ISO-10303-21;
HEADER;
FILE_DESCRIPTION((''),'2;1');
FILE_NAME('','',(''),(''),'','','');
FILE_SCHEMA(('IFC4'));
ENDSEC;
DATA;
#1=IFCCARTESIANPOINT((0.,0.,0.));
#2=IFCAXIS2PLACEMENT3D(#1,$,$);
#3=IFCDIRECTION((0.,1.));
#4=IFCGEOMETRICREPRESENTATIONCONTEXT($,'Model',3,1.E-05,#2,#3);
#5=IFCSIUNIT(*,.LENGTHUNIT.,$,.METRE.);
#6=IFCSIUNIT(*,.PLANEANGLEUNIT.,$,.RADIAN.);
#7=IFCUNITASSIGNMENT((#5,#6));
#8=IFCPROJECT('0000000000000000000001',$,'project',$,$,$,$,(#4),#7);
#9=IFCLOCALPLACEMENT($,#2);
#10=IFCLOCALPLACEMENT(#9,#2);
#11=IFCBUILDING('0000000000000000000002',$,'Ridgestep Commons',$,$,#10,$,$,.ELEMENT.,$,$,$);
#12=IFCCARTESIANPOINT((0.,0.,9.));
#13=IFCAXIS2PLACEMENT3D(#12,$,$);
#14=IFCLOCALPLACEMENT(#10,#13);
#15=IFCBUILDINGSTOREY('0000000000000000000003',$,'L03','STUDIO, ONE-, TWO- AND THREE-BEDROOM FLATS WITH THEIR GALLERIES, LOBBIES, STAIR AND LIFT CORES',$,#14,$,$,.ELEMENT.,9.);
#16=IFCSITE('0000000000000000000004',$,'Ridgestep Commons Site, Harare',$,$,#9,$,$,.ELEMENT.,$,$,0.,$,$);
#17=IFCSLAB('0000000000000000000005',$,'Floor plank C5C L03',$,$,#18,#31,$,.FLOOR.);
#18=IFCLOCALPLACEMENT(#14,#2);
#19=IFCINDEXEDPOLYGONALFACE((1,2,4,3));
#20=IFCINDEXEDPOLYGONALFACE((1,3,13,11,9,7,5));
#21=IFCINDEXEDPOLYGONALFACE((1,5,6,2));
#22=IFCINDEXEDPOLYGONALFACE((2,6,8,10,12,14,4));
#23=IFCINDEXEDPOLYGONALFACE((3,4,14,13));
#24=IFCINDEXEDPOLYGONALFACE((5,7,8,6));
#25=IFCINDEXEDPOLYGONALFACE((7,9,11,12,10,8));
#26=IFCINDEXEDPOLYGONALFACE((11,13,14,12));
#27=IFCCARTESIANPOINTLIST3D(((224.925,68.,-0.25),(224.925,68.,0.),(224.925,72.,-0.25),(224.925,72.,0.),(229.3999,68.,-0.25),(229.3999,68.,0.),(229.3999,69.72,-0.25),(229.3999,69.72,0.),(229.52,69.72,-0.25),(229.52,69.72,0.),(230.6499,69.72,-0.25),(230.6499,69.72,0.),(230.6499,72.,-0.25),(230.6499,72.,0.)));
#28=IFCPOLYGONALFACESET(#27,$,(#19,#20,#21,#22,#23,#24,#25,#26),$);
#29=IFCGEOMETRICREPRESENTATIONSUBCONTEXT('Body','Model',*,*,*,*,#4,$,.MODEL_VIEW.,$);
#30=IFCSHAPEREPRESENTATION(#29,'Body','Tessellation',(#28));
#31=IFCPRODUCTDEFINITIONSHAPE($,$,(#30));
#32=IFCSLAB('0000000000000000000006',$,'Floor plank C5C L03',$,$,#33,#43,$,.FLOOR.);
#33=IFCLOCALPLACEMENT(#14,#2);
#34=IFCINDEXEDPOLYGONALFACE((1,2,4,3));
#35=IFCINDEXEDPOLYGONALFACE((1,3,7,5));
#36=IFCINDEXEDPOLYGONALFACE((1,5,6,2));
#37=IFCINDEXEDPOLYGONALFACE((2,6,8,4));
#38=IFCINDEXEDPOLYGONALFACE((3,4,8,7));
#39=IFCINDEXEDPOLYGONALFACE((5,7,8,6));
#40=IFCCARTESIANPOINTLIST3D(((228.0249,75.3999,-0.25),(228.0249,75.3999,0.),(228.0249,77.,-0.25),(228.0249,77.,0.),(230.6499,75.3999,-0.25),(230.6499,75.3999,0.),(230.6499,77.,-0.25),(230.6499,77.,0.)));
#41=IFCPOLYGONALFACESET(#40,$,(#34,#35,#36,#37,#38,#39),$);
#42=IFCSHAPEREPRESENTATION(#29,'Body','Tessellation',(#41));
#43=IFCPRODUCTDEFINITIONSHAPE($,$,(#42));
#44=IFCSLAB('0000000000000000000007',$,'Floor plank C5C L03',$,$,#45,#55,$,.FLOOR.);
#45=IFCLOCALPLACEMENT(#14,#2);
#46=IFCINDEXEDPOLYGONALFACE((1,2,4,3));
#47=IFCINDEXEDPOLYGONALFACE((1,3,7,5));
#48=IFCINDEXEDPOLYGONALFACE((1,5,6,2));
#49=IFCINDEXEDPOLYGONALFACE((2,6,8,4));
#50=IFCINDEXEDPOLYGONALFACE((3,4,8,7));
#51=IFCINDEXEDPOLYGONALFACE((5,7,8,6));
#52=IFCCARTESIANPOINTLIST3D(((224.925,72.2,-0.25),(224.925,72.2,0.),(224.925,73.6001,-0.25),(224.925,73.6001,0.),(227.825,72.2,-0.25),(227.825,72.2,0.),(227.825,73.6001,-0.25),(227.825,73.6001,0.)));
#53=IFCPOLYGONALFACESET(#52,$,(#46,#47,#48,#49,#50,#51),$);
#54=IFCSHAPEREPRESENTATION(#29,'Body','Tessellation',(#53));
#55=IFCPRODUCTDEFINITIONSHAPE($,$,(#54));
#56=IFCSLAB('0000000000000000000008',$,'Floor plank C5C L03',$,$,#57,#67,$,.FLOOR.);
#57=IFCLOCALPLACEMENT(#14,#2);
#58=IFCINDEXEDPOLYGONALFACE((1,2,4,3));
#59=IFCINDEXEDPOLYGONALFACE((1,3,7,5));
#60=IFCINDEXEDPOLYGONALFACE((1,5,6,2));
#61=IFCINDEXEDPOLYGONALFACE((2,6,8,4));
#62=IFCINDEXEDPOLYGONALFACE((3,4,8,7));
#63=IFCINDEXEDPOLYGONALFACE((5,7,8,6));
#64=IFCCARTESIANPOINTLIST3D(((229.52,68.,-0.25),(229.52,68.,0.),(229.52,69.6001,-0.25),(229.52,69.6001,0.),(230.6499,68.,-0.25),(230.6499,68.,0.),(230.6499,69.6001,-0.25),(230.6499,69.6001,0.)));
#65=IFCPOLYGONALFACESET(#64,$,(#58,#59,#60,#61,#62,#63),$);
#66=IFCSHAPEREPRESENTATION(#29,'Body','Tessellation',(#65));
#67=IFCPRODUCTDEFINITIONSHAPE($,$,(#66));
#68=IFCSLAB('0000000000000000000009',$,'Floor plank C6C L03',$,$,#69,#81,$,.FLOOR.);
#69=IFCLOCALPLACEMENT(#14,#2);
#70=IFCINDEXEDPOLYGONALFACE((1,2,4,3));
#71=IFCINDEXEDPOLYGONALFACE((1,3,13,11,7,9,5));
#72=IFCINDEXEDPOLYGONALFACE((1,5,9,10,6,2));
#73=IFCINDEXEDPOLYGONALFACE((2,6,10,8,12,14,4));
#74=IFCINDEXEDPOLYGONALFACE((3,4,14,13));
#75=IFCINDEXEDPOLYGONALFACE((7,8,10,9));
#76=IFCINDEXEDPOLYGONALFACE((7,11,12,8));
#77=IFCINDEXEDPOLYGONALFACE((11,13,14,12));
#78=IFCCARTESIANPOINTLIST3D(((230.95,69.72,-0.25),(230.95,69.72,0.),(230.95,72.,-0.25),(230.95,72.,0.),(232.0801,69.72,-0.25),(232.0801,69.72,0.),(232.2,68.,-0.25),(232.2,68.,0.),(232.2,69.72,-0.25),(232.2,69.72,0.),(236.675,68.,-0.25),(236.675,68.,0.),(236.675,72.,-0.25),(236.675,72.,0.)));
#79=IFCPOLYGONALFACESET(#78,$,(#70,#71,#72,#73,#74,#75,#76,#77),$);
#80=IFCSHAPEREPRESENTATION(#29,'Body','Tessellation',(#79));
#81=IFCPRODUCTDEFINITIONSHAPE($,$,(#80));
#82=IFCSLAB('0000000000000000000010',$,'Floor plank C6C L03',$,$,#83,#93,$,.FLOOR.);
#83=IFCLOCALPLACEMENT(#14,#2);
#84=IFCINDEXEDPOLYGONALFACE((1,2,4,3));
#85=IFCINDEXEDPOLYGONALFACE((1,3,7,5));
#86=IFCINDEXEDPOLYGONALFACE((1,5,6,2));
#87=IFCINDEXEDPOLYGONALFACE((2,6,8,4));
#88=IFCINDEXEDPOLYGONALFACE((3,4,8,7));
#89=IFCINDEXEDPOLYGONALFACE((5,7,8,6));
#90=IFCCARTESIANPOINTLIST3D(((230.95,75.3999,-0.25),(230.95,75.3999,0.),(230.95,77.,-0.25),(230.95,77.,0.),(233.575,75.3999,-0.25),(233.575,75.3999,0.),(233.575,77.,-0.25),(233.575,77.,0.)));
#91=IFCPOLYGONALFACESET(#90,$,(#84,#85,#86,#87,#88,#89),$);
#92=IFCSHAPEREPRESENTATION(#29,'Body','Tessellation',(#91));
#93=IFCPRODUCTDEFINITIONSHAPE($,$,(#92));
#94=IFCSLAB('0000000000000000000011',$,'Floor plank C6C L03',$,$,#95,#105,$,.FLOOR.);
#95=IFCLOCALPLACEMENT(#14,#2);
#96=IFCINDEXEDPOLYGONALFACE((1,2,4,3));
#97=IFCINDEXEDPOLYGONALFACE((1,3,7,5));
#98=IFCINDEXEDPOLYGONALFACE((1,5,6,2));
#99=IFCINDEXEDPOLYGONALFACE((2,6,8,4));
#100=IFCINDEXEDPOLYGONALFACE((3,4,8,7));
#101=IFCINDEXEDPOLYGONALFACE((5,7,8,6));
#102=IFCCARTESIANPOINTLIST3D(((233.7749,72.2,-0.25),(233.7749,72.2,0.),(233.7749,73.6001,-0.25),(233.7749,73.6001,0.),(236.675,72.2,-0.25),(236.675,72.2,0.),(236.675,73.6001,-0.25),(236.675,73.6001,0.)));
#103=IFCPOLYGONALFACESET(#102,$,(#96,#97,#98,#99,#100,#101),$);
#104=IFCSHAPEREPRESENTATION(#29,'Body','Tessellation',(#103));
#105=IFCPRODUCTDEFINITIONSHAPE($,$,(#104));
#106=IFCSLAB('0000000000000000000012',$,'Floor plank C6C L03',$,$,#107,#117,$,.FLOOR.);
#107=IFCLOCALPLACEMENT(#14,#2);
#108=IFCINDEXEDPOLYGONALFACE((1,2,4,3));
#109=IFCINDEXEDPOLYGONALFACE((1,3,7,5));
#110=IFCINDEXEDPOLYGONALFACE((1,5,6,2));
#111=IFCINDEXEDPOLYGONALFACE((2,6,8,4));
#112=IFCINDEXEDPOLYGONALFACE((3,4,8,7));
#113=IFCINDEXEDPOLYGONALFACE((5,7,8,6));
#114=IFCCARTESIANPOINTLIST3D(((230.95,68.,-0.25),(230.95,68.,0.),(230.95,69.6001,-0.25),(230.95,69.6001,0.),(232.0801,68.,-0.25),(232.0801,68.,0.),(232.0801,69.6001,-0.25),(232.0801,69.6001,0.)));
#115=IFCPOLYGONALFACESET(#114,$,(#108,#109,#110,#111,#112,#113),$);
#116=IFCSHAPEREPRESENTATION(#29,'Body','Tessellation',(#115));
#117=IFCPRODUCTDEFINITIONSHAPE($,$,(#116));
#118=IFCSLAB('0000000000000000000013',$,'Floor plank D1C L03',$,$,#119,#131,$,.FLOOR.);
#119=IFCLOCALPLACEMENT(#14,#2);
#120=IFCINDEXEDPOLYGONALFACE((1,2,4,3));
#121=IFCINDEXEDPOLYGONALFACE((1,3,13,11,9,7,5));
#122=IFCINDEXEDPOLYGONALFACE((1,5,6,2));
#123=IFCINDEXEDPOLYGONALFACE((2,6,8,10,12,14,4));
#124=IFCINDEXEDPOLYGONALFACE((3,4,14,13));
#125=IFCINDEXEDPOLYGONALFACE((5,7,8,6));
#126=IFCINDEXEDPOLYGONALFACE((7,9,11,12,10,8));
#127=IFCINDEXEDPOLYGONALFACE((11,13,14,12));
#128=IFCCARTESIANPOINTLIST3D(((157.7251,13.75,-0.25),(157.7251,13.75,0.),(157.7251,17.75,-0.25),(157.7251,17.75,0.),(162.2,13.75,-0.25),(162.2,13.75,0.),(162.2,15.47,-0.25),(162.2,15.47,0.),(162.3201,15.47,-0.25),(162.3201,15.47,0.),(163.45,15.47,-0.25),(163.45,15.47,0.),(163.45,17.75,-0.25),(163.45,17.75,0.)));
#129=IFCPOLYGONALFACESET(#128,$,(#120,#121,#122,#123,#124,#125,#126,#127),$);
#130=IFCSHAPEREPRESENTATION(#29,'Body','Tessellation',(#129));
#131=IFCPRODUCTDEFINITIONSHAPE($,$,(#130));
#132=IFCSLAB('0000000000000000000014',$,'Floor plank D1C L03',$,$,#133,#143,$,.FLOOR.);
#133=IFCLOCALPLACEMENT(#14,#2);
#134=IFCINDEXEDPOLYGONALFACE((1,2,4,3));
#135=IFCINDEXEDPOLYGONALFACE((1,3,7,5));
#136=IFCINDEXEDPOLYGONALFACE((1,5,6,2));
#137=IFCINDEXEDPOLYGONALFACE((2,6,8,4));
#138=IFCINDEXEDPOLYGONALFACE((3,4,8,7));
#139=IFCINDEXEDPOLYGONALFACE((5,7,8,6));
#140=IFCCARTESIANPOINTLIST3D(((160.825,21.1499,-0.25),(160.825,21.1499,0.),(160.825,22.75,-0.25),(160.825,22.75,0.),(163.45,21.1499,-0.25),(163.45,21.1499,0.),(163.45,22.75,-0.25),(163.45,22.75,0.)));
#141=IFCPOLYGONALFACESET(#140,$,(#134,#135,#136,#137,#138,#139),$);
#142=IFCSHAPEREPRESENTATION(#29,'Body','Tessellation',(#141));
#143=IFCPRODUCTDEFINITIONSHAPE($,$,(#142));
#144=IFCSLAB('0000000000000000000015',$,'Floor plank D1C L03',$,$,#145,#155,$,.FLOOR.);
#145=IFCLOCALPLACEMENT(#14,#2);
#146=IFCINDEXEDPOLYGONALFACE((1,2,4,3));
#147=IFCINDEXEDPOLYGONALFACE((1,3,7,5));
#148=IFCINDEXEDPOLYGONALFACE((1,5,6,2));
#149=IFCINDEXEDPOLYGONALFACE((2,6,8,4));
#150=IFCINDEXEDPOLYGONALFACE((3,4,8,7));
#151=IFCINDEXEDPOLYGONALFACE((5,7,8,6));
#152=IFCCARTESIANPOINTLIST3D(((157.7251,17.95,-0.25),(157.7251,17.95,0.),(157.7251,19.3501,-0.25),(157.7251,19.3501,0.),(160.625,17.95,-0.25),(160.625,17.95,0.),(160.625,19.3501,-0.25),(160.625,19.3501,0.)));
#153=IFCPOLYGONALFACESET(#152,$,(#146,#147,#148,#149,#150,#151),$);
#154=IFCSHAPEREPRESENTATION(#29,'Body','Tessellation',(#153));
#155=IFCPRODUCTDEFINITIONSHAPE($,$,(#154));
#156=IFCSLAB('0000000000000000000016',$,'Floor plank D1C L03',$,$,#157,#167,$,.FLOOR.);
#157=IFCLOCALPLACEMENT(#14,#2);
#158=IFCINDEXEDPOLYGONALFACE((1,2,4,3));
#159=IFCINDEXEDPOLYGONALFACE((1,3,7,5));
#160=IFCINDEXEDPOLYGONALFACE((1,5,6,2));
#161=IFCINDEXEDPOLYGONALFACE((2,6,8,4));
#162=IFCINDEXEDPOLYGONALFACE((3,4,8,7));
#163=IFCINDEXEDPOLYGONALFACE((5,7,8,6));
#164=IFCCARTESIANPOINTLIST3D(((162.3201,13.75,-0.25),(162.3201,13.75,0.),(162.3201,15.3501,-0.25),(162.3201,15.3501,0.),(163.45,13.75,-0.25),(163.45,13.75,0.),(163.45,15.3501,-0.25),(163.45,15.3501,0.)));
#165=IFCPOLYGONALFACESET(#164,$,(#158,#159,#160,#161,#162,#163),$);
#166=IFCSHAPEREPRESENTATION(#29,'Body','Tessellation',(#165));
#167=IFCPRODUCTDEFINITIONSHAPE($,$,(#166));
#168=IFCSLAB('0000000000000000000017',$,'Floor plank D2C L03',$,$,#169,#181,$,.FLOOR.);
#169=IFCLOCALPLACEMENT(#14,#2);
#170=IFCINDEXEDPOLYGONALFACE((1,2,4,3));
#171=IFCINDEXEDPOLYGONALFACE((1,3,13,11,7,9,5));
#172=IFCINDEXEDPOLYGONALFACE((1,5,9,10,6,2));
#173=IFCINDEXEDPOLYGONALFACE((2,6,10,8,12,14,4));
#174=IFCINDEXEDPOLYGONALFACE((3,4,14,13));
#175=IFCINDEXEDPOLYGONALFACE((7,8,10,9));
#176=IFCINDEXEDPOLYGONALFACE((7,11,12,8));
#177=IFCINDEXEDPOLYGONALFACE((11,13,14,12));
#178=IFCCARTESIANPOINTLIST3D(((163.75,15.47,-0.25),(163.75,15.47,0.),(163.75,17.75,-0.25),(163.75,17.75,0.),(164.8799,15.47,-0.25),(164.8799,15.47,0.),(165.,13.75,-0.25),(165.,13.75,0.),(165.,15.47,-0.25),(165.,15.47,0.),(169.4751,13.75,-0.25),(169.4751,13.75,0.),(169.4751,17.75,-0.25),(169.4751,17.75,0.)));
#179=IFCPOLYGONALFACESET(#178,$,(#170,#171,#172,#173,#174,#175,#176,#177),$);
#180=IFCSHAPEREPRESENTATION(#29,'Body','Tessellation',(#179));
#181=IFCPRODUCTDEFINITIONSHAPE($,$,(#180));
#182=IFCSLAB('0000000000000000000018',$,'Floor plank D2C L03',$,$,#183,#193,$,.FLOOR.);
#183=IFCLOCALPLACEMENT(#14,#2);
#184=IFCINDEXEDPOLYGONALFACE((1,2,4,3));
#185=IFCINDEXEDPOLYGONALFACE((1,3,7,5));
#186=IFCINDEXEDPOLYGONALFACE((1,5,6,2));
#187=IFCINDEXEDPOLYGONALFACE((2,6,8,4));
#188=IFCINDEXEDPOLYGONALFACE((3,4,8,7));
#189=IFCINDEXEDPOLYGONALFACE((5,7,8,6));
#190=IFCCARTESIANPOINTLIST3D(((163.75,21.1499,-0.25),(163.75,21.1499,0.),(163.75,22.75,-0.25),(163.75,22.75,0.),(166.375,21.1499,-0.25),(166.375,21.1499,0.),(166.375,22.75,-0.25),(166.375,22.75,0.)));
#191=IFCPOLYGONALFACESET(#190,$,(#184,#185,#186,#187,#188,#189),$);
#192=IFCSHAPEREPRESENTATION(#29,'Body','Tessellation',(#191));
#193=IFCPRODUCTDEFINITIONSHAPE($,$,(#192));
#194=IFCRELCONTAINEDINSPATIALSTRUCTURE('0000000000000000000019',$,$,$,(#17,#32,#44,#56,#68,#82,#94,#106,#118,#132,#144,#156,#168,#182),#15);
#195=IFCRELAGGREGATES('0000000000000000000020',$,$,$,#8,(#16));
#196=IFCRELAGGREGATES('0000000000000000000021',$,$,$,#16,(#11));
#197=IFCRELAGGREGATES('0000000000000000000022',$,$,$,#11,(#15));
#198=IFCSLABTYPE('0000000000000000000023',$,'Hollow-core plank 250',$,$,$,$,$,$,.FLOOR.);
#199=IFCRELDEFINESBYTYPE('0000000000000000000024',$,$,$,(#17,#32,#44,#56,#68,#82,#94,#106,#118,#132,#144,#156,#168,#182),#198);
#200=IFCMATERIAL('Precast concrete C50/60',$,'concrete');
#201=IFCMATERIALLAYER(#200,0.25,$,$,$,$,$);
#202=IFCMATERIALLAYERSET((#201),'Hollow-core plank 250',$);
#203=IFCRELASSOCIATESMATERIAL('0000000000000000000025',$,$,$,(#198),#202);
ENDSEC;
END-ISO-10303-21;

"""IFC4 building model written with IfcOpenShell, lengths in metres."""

from ifc_helpers import new_model, si_unit, direction, frame, origin, place, context, subcontext, project, spatial, polyline, outline, extrude, material, layer, layer_set, type_object, element, save


model = new_model("IFC4")

# Units and contexts
model_context = context("Model", 3, precision=1e-05, world=origin(), true_north=direction((0.0, 1.0)))
body_context = subcontext(model_context, "Body", "Model", "MODEL_VIEW")
ifc_project = project(units=[si_unit("LENGTHUNIT", "METRE"), si_unit("PLANEANGLEUNIT", "RADIAN")], contexts=[model_context])

# Site, building, storey
site_placement = place(None, origin())
site = spatial("IfcSite", under=ifc_project, at=site_placement, Name="Ridgestep Commons Site, Harare", CompositionType="ELEMENT", RefElevation=0.0)
building_placement = place(site_placement, origin())
building = spatial("IfcBuilding", under=site, at=building_placement, Name="Ridgestep Commons", CompositionType="ELEMENT")
storey_placement = place(building_placement, frame((0.0, 0.0, 9.0)))
storey = spatial("IfcBuildingStorey", under=building, at=storey_placement, Name="L03", Description="STUDIO, ONE-, TWO- AND THREE-BEDROOM FLATS WITH THEIR GALLERIES, LOBBIES, STAIR AND LIFT CORES", CompositionType="ELEMENT", Elevation=9.0)

# Slabs
ifc_material = material(Name="Precast concrete C50/60", Category="concrete")
ifc_layer = layer(ifc_material, 0.25)
ifc_layer_set = layer_set([ifc_layer], Name="Hollow-core plank 250")
slab_type = type_object("IfcSlabType", Name="Hollow-core plank 250", PredefinedType="FLOOR", material=ifc_layer_set)
slab_1_placement = place(storey_placement, frame((0.0, 0.0, -0.25)))
element("IfcSlab", 1, at=slab_1_placement, inside=storey, type_object=slab_type, Name="Floor plank C5C L03", PredefinedType="FLOOR", context=body_context, shape_type="SweptSolid", body=[
    extrude(outline(polyline([(229.52, 69.72), (230.6499, 69.72), (230.6499, 72.0), (224.925, 72.0), (224.925, 68.0), (229.3999, 68.0), (229.3999, 69.72), (229.52, 69.72)])), origin(), (0.0, 0.0, 1.0), 0.25),
])
slab_2_placement = place(storey_placement, frame((0.0, 0.0, -0.25)))
element("IfcSlab", 2, at=slab_2_placement, inside=storey, type_object=slab_type, Name="Floor plank C5C L03", PredefinedType="FLOOR", context=body_context, shape_type="SweptSolid", body=[
    extrude(outline(polyline([(230.6499, 75.3999), (230.6499, 77.0), (228.0249, 77.0), (228.0249, 75.3999), (230.6499, 75.3999)])), origin(), (0.0, 0.0, 1.0), 0.25),
])
slab_3_placement = place(storey_placement, frame((0.0, 0.0, -0.25)))
element("IfcSlab", 3, at=slab_3_placement, inside=storey, type_object=slab_type, Name="Floor plank C5C L03", PredefinedType="FLOOR", context=body_context, shape_type="SweptSolid", body=[
    extrude(outline(polyline([(227.825, 72.2), (227.825, 73.6001), (224.925, 73.6001), (224.925, 72.2), (227.825, 72.2)])), origin(), (0.0, 0.0, 1.0), 0.25),
])
slab_4_placement = place(storey_placement, frame((0.0, 0.0, -0.25)))
element("IfcSlab", 4, at=slab_4_placement, inside=storey, type_object=slab_type, Name="Floor plank C5C L03", PredefinedType="FLOOR", context=body_context, shape_type="SweptSolid", body=[
    extrude(outline(polyline([(229.52, 68.0), (230.6499, 68.0), (230.6499, 69.6001), (229.52, 69.6001), (229.52, 68.0)])), origin(), (0.0, 0.0, 1.0), 0.25),
])
slab_5_placement = place(storey_placement, frame((0.0, 0.0, -0.25)))
element("IfcSlab", 5, at=slab_5_placement, inside=storey, type_object=slab_type, Name="Floor plank C6C L03", PredefinedType="FLOOR", context=body_context, shape_type="SweptSolid", body=[
    extrude(outline(polyline([(232.2, 68.0), (236.675, 68.0), (236.675, 72.0), (230.95, 72.0), (230.95, 69.72), (232.0801, 69.72), (232.2, 69.72), (232.2, 68.0)])), origin(), (0.0, 0.0, 1.0), 0.25),
])
slab_6_placement = place(storey_placement, frame((0.0, 0.0, -0.25)))
element("IfcSlab", 6, at=slab_6_placement, inside=storey, type_object=slab_type, Name="Floor plank C6C L03", PredefinedType="FLOOR", context=body_context, shape_type="SweptSolid", body=[
    extrude(outline(polyline([(233.575, 77.0), (230.95, 77.0), (230.95, 75.3999), (233.575, 75.3999), (233.575, 77.0)])), origin(), (0.0, 0.0, 1.0), 0.25),
])
slab_7_placement = place(storey_placement, frame((0.0, 0.0, -0.25)))
element("IfcSlab", 7, at=slab_7_placement, inside=storey, type_object=slab_type, Name="Floor plank C6C L03", PredefinedType="FLOOR", context=body_context, shape_type="SweptSolid", body=[
    extrude(outline(polyline([(236.675, 72.2), (236.675, 73.6001), (233.7749, 73.6001), (233.7749, 72.2), (236.675, 72.2)])), origin(), (0.0, 0.0, 1.0), 0.25),
])
slab_8_placement = place(storey_placement, frame((0.0, 0.0, -0.25)))
element("IfcSlab", 8, at=slab_8_placement, inside=storey, type_object=slab_type, Name="Floor plank C6C L03", PredefinedType="FLOOR", context=body_context, shape_type="SweptSolid", body=[
    extrude(outline(polyline([(232.0801, 69.6001), (230.95, 69.6001), (230.95, 68.0), (232.0801, 68.0), (232.0801, 69.6001)])), origin(), (0.0, 0.0, 1.0), 0.25),
])
slab_9_placement = place(storey_placement, frame((0.0, 0.0, -0.25)))
element("IfcSlab", 9, at=slab_9_placement, inside=storey, type_object=slab_type, Name="Floor plank D1C L03", PredefinedType="FLOOR", context=body_context, shape_type="SweptSolid", body=[
    extrude(outline(polyline([(162.3201, 15.47), (163.45, 15.47), (163.45, 17.75), (157.7251, 17.75), (157.7251, 13.75), (162.2, 13.75), (162.2, 15.47), (162.3201, 15.47)])), origin(), (0.0, 0.0, 1.0), 0.25),
])
slab_10_placement = place(storey_placement, frame((0.0, 0.0, -0.25)))
element("IfcSlab", 10, at=slab_10_placement, inside=storey, type_object=slab_type, Name="Floor plank D1C L03", PredefinedType="FLOOR", context=body_context, shape_type="SweptSolid", body=[
    extrude(outline(polyline([(163.45, 21.1499), (163.45, 22.75), (160.825, 22.75), (160.825, 21.1499), (163.45, 21.1499)])), origin(), (0.0, 0.0, 1.0), 0.25),
])
slab_11_placement = place(storey_placement, frame((0.0, 0.0, -0.25)))
element("IfcSlab", 11, at=slab_11_placement, inside=storey, type_object=slab_type, Name="Floor plank D1C L03", PredefinedType="FLOOR", context=body_context, shape_type="SweptSolid", body=[
    extrude(outline(polyline([(160.625, 17.95), (160.625, 19.3501), (157.7251, 19.3501), (157.7251, 17.95), (160.625, 17.95)])), origin(), (0.0, 0.0, 1.0), 0.25),
])
slab_12_placement = place(storey_placement, frame((0.0, 0.0, -0.25)))
element("IfcSlab", 12, at=slab_12_placement, inside=storey, type_object=slab_type, Name="Floor plank D1C L03", PredefinedType="FLOOR", context=body_context, shape_type="SweptSolid", body=[
    extrude(outline(polyline([(162.3201, 13.75), (163.45, 13.75), (163.45, 15.3501), (162.3201, 15.3501), (162.3201, 13.75)])), origin(), (0.0, 0.0, 1.0), 0.25),
])
slab_13_placement = place(storey_placement, frame((0.0, 0.0, -0.25)))
element("IfcSlab", 13, at=slab_13_placement, inside=storey, type_object=slab_type, Name="Floor plank D2C L03", PredefinedType="FLOOR", context=body_context, shape_type="SweptSolid", body=[
    extrude(outline(polyline([(165.0, 13.75), (169.4751, 13.75), (169.4751, 17.75), (163.75, 17.75), (163.75, 15.47), (164.8799, 15.47), (165.0, 15.47), (165.0, 13.75)])), origin(), (0.0, 0.0, 1.0), 0.25),
])
slab_14_placement = place(storey_placement, frame((0.0, 0.0, -0.25)))
element("IfcSlab", 14, at=slab_14_placement, inside=storey, type_object=slab_type, Name="Floor plank D2C L03", PredefinedType="FLOOR", context=body_context, shape_type="SweptSolid", body=[
    extrude(outline(polyline([(166.375, 22.75), (163.75, 22.75), (163.75, 21.1499), (166.375, 21.1499), (166.375, 22.75)])), origin(), (0.0, 0.0, 1.0), 0.25),
])

save(model, "model.ifc")
